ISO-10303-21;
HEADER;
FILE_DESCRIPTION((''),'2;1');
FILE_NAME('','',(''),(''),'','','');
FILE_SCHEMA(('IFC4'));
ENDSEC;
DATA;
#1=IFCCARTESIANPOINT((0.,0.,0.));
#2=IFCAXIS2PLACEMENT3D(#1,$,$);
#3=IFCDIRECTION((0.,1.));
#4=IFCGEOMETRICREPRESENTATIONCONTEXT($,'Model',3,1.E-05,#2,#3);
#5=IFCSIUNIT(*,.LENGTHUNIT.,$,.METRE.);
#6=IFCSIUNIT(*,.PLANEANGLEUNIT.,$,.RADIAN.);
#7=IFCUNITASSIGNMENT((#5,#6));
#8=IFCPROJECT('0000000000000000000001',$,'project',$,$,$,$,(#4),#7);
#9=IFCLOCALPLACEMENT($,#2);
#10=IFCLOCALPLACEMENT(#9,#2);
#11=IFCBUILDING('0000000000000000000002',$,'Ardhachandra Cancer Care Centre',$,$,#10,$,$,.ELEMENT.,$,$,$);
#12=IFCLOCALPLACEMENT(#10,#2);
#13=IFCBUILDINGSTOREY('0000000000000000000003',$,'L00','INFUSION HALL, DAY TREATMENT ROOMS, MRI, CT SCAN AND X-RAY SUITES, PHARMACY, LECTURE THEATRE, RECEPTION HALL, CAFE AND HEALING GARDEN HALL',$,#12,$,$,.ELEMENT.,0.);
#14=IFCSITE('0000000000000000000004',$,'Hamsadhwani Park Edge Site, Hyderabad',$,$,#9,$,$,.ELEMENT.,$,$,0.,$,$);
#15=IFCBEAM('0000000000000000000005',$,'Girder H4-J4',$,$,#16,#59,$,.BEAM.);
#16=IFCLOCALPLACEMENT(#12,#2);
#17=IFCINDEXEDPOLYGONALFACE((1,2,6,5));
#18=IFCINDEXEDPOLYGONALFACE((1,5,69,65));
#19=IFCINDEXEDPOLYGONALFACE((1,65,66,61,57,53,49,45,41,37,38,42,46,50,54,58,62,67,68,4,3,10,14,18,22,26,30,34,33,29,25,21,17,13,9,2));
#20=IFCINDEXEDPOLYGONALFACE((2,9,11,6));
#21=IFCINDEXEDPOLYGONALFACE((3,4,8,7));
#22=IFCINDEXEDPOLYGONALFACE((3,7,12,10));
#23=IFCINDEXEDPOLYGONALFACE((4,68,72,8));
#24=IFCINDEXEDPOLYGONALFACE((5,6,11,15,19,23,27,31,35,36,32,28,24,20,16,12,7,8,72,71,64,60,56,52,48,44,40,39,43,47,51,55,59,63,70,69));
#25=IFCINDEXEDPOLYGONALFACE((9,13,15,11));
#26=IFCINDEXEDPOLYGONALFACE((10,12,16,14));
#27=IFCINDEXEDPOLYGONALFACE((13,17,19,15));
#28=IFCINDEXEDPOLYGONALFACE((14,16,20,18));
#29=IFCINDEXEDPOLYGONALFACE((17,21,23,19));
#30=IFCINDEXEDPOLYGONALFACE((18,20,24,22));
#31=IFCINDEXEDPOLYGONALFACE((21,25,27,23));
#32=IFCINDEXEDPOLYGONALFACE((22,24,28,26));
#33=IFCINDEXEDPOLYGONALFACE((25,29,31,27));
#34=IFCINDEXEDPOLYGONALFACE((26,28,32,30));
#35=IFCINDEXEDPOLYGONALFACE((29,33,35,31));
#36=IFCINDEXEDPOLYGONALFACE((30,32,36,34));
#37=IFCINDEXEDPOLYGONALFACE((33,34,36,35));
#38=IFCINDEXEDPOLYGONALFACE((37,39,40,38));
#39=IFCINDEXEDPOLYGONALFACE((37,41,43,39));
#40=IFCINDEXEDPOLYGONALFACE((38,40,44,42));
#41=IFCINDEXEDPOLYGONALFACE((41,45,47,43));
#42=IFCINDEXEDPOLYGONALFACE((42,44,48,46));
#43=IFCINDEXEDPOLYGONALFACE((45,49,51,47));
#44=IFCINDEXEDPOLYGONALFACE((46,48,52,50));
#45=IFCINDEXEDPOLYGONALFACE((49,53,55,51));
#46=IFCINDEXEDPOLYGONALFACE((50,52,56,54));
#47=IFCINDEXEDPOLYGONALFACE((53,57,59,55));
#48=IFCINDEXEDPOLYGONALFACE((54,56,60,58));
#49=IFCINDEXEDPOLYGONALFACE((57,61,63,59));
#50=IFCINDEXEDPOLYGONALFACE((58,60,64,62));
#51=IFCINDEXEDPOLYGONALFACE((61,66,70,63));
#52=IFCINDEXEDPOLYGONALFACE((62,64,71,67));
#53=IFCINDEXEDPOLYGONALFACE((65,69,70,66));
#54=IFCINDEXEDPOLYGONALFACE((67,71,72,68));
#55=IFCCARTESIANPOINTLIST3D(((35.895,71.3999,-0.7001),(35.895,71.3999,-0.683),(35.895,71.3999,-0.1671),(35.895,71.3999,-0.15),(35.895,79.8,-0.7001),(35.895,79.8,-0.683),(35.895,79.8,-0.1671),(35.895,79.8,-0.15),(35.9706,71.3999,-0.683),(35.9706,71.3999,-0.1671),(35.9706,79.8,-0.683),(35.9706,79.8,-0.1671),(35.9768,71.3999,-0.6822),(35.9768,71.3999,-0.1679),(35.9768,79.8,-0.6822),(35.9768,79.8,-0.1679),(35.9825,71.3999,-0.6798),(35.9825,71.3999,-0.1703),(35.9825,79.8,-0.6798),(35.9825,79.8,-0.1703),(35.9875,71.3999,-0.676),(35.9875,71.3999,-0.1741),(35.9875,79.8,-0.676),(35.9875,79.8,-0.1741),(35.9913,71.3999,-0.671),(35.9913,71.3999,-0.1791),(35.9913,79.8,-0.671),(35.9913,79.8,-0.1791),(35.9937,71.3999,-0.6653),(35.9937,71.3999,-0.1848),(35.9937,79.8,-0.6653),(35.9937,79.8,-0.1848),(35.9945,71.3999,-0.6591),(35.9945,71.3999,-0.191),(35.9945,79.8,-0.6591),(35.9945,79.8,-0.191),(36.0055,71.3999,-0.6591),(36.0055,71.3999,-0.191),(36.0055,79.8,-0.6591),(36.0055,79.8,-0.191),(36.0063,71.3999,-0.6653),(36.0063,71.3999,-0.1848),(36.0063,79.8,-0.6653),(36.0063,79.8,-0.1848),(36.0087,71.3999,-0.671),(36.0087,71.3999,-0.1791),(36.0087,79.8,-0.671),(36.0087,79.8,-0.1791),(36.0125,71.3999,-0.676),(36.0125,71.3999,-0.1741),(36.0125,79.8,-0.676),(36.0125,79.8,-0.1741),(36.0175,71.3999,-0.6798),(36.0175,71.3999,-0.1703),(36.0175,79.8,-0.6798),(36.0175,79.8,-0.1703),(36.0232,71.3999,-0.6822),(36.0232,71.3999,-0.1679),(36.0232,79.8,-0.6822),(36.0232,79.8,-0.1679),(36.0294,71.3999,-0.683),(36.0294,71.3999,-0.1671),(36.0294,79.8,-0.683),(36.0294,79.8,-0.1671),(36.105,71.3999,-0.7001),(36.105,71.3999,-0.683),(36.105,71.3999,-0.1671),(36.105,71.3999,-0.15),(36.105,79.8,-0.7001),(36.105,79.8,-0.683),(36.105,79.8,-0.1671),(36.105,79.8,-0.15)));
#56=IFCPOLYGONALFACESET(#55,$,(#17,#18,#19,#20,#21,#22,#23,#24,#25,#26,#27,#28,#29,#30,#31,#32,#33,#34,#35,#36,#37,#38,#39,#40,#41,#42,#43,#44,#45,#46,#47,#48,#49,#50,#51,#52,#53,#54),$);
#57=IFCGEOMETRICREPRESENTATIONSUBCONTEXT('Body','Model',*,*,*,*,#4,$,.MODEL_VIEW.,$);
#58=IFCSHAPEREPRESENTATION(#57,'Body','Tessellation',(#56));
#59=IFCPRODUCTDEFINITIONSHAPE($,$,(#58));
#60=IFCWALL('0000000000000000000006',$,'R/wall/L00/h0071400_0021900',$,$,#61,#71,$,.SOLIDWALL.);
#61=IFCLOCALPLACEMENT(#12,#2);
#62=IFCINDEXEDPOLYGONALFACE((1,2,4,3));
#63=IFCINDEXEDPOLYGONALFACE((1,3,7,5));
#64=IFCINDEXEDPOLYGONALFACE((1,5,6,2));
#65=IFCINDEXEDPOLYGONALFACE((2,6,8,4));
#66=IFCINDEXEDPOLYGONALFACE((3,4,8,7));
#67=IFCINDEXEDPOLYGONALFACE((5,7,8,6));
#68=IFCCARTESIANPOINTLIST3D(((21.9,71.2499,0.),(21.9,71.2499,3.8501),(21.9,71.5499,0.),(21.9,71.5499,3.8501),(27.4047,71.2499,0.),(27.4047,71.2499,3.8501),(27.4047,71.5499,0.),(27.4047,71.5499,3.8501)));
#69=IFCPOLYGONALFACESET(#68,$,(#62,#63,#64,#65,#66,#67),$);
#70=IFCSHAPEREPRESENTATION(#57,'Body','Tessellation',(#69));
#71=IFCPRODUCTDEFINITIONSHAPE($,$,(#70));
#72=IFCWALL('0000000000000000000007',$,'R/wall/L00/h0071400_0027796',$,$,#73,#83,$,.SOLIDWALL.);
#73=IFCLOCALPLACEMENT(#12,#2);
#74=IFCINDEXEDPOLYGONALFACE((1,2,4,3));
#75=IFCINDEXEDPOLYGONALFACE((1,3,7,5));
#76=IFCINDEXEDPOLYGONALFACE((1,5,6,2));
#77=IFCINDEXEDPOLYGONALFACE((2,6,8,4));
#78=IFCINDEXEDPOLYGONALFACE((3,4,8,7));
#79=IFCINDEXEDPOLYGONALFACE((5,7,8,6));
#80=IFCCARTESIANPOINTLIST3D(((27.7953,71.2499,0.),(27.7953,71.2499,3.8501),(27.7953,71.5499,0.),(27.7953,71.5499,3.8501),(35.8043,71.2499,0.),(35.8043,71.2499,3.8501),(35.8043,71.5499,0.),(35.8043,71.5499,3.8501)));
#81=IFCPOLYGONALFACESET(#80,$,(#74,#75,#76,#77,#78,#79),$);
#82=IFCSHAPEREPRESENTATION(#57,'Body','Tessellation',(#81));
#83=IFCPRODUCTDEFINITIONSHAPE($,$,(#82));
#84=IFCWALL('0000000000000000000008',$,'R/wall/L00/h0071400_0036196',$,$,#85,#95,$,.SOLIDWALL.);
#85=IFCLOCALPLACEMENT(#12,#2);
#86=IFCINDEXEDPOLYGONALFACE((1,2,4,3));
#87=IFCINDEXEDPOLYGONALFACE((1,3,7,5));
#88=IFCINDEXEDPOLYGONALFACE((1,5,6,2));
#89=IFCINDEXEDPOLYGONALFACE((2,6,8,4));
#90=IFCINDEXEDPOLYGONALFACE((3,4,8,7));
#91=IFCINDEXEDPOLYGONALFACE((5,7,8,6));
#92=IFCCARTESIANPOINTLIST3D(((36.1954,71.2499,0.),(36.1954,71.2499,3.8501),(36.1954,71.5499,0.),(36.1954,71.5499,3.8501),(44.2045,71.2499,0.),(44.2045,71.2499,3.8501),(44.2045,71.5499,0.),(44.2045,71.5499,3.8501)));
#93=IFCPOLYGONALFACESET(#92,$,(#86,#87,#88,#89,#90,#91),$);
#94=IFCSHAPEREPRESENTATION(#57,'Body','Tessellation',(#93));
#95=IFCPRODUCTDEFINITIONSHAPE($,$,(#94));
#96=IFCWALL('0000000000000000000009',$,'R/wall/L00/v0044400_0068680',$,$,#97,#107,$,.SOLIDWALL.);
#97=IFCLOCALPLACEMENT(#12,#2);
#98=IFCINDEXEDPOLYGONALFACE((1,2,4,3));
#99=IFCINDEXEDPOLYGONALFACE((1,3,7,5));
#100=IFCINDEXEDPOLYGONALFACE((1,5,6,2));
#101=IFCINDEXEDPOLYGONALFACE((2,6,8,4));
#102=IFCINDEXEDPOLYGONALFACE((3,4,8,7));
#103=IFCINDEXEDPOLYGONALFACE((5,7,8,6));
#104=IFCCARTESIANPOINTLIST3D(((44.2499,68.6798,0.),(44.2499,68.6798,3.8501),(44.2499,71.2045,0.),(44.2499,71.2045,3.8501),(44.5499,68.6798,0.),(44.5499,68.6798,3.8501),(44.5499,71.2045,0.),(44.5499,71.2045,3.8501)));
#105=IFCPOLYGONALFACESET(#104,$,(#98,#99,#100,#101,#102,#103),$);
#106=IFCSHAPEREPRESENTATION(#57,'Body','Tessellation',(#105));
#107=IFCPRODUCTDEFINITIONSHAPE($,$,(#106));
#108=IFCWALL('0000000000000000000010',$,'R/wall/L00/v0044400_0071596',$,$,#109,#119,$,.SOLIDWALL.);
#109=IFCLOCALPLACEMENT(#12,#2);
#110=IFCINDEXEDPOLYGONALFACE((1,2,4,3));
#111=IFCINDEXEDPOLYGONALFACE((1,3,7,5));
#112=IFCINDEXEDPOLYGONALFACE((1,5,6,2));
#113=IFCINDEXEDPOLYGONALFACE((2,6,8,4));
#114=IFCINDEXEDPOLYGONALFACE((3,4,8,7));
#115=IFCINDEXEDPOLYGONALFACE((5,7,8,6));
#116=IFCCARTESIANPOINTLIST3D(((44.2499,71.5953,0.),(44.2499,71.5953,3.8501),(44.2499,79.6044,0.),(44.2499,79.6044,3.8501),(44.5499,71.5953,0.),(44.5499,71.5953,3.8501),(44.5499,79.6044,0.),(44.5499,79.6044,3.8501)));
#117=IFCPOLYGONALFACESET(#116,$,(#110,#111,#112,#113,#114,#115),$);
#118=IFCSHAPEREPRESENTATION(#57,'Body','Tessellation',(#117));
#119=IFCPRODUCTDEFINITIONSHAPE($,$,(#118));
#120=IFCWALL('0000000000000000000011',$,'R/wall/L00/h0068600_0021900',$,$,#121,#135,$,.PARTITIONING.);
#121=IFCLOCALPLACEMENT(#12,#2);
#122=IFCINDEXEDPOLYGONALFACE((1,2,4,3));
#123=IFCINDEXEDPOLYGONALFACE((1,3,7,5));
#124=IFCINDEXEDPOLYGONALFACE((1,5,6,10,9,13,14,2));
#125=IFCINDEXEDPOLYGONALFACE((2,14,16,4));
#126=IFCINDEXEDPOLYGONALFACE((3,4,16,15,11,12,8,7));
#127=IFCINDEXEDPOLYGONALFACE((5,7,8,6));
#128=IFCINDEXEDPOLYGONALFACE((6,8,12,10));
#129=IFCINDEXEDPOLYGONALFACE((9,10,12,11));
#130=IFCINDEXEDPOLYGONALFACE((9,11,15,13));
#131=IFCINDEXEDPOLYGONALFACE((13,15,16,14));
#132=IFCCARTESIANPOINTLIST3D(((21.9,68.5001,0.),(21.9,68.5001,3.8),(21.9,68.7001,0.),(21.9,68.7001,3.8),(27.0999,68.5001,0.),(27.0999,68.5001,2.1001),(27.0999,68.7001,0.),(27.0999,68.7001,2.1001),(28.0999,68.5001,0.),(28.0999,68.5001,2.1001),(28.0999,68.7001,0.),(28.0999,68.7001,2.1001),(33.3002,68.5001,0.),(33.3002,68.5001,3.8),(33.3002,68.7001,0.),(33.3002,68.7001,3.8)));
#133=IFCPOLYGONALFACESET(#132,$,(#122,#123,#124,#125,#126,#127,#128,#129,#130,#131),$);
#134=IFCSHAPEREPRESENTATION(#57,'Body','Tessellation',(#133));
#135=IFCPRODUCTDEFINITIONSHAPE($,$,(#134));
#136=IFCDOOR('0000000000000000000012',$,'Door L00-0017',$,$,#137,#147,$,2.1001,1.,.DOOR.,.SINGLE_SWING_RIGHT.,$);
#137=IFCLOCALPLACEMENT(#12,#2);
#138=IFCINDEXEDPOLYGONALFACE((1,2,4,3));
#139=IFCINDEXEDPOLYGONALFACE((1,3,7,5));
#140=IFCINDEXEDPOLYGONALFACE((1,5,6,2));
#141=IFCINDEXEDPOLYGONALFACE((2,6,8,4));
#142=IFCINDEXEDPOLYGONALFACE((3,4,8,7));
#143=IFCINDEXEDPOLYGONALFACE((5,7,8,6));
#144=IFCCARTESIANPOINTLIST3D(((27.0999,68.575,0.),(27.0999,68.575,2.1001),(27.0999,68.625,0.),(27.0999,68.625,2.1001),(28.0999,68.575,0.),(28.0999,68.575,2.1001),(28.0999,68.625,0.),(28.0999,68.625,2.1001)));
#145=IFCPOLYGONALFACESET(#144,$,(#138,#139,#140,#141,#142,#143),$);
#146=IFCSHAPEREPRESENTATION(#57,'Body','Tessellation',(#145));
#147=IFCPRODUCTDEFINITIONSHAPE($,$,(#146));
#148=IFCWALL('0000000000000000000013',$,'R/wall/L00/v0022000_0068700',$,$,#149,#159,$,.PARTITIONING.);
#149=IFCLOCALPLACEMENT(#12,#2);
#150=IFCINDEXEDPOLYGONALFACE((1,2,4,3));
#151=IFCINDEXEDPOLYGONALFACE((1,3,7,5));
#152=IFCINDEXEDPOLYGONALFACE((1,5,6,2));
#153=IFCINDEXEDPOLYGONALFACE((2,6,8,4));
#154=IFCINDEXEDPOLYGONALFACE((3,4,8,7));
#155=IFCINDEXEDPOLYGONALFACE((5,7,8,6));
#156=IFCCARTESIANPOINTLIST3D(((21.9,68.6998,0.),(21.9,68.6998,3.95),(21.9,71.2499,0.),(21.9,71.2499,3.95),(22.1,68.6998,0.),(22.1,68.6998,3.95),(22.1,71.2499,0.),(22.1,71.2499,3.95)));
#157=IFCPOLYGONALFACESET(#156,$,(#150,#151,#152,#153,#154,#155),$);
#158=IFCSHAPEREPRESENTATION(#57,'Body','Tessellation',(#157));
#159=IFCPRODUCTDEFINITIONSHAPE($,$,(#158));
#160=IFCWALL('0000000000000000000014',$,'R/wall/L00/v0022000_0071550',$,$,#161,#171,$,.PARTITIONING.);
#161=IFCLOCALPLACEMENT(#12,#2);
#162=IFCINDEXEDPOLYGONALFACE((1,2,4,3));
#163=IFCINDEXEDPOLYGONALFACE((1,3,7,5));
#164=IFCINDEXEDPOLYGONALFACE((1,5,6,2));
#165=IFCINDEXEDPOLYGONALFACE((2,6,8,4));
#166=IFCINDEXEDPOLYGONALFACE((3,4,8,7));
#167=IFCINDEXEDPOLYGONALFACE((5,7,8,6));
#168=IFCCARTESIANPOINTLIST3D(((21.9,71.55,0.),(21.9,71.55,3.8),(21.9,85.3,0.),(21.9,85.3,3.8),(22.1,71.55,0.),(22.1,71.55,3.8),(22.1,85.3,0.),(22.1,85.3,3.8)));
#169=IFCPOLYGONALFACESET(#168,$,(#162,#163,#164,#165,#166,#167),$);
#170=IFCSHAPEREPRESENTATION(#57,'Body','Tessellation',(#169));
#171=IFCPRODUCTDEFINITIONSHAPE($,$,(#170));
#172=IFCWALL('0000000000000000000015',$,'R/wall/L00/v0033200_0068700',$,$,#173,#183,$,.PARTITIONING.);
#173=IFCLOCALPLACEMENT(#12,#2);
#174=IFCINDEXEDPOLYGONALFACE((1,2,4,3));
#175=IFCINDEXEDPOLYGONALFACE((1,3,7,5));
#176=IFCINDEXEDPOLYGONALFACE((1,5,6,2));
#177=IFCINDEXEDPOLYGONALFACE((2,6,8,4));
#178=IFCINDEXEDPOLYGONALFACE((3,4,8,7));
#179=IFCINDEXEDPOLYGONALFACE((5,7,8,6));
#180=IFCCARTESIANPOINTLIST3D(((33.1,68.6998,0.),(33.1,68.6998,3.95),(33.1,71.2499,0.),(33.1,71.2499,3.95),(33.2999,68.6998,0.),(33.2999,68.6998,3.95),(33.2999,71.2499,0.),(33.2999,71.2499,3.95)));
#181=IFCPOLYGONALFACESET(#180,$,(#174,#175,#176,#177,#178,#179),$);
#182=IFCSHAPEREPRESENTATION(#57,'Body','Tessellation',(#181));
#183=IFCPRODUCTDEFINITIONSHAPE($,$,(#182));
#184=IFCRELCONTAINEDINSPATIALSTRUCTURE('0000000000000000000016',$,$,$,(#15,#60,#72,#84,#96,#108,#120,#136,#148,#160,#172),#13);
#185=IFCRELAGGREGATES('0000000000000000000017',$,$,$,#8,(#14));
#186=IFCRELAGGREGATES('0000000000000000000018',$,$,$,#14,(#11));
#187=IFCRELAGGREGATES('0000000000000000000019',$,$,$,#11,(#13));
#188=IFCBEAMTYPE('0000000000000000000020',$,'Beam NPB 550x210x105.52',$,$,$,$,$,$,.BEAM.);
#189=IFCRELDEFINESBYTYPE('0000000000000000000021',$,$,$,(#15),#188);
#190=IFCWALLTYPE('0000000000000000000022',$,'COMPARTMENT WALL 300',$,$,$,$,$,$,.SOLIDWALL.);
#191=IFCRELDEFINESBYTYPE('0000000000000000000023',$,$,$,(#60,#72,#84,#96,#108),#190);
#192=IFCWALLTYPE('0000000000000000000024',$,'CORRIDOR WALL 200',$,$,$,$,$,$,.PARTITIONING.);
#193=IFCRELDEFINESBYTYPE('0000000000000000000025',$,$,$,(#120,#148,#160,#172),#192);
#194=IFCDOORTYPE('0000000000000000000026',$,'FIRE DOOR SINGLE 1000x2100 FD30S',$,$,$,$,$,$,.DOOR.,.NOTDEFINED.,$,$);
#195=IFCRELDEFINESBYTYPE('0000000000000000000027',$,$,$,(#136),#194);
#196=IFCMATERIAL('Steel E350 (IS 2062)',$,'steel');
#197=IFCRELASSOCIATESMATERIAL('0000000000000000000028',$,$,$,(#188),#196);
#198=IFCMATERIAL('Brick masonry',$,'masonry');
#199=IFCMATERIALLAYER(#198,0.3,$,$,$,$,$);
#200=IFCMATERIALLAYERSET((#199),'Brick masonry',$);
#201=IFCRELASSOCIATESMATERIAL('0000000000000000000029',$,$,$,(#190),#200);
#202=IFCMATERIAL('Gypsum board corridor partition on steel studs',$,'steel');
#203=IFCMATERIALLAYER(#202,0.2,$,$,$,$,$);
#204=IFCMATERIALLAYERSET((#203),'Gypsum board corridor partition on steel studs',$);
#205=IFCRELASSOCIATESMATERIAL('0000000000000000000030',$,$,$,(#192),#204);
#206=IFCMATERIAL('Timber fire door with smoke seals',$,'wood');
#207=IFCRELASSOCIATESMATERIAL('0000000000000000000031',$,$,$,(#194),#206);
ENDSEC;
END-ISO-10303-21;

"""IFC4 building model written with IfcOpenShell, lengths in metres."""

from ifc_helpers import new_model, si_unit, direction, frame, frame_2d, origin, origin_2d, place, context, subcontext, project, spatial, rectangle, i_section, extrude, material, layer, layer_set, material_profile, profile_set, type_object, element, fill, save


model = new_model("IFC4")

# Units and contexts
model_context = context("Model", 3, precision=1e-05, world=origin(), true_north=direction((0.0, 1.0)))
body_context = subcontext(model_context, "Body", "Model", "MODEL_VIEW")
ifc_project = project(units=[si_unit("LENGTHUNIT", "METRE"), si_unit("PLANEANGLEUNIT", "RADIAN")], contexts=[model_context])

# Site, building, storey
site_placement = place(None, origin())
site = spatial("IfcSite", under=ifc_project, at=site_placement, Name="Hamsadhwani Park Edge Site, Hyderabad", CompositionType="ELEMENT", RefElevation=0.0)
building_placement = place(site_placement, origin())
building = spatial("IfcBuilding", under=site, at=building_placement, Name="Ardhachandra Cancer Care Centre", CompositionType="ELEMENT")
storey_placement = place(building_placement, origin())
storey = spatial("IfcBuildingStorey", under=building, at=storey_placement, Name="L00", Description="INFUSION HALL, DAY TREATMENT ROOMS, MRI, CT SCAN AND X-RAY SUITES, PHARMACY, LECTURE THEATRE, RECEPTION HALL, CAFE AND HEALING GARDEN HALL", CompositionType="ELEMENT", Elevation=0.0)

# Beam
ifc_material_1 = material(Name="Steel E350 (IS 2062)", Category="steel")
ifc_material_profile_1 = material_profile(ifc_material_1, i_section(OverallWidth=0.21, OverallDepth=0.55, WebThickness=0.011, FlangeThickness=0.0171, FilletRadius=0.0239, at=origin_2d()), Name="NPB 550x210x105.52")
ifc_profile_set_1 = profile_set([ifc_material_profile_1], Name="Steel E350 (IS 2062)")
beam_type_1 = type_object("IfcBeamType", Name="Beam NPB 550x210x105.52", PredefinedType="BEAM", material=ifc_profile_set_1)
for number, where, z_axis, x_axis, name in (
    (1, (36.0, 71.3999, -0.425), (0.0, 1.0, 0.0), (-1.0, 0.0, 0.0), "Girder H4-J4"),
):
    element("IfcBeam", number, at=place(storey_placement, frame(where, z_axis=z_axis, x_axis=x_axis)), inside=storey, type_object=beam_type_1, Name=name, PredefinedType="BEAM", context=body_context, shape_type="SweptSolid", body=[
        extrude(i_section(OverallWidth=0.21, OverallDepth=0.55, WebThickness=0.011, FlangeThickness=0.0171, FilletRadius=0.0239, at=origin_2d()), origin(), (0.0, 0.0, 1.0), 8.4001),
    ])

# Walls
ifc_material_2 = material(Name="Brick masonry", Category="masonry")
ifc_layer_1 = layer(ifc_material_2, 0.3)
ifc_layer_set_1 = layer_set([ifc_layer_1], Name="Brick masonry")
wall_type_1 = type_object("IfcWallType", Name="COMPARTMENT WALL 300", PredefinedType="SOLIDWALL", material=ifc_layer_set_1)
wall_1_placement = place(storey_placement, frame((21.8999, 71.3999, 0.0), z_axis=(0.0, 0.0, 1.0), x_axis=(1.0, 0.0, 0.0)))
element("IfcWall", 2, at=wall_1_placement, inside=storey, type_object=wall_type_1, Name="R/wall/L00/h0071400_0021900", PredefinedType="SOLIDWALL", context=body_context, shape_type="SweptSolid", body=[
    extrude(rectangle(XDim=5.5046, YDim=0.3, at=frame_2d((2.7524, 0.0))), origin(), (0.0, 0.0, 1.0), 3.8501),
])
for number, where, z_axis, x_axis, name in (
    (3, (27.7954, 71.3999, 0.0), (0.0, 0.0, 1.0), (1.0, 0.0, 0.0), "R/wall/L00/h0071400_0027796"),
    (4, (36.1956, 71.3999, 0.0), (0.0, 0.0, 1.0), (1.0, 0.0, 0.0), "R/wall/L00/h0071400_0036196"),
):
    element("IfcWall", number, at=place(storey_placement, frame(where, z_axis=z_axis, x_axis=x_axis)), inside=storey, type_object=wall_type_1, Name=name, PredefinedType="SOLIDWALL", context=body_context, shape_type="SweptSolid", body=[
        extrude(rectangle(XDim=8.009, YDim=0.3, at=frame_2d((4.0044, 0.0))), origin(), (0.0, 0.0, 1.0), 3.8501),
    ])
wall_2_placement = place(storey_placement, frame((44.3999, 68.6799, 0.0), z_axis=(0.0, 0.0, 1.0), x_axis=(0.0, 1.0, 0.0)))
element("IfcWall", 5, at=wall_2_placement, inside=storey, type_object=wall_type_1, Name="R/wall/L00/v0044400_0068680", PredefinedType="SOLIDWALL", context=body_context, shape_type="SweptSolid", body=[
    extrude(rectangle(XDim=2.5247, YDim=0.3, at=frame_2d((1.2622, 0.0))), origin(), (0.0, 0.0, 1.0), 3.8501),
])
wall_3_placement = place(storey_placement, frame((44.3999, 71.5955, 0.0), z_axis=(0.0, 0.0, 1.0), x_axis=(0.0, 1.0, 0.0)))
element("IfcWall", 6, at=wall_3_placement, inside=storey, type_object=wall_type_1, Name="R/wall/L00/v0044400_0071596", PredefinedType="SOLIDWALL", context=body_context, shape_type="SweptSolid", body=[
    extrude(rectangle(XDim=8.009, YDim=0.3, at=frame_2d((4.0044, 0.0))), origin(), (0.0, 0.0, 1.0), 3.8501),
])

# Wall, opening, door
ifc_material_3 = material(Name="Gypsum board corridor partition on steel studs", Category="steel")
ifc_layer_2 = layer(ifc_material_3, 0.2)
ifc_layer_set_2 = layer_set([ifc_layer_2], Name="Gypsum board corridor partition on steel studs")
wall_type_2 = type_object("IfcWallType", Name="CORRIDOR WALL 200", PredefinedType="PARTITIONING", material=ifc_layer_set_2)
wall_4_placement = place(storey_placement, frame((21.8999, 68.6001, 0.0), z_axis=(0.0, 0.0, 1.0), x_axis=(1.0, 0.0, 0.0)))
wall_4 = element("IfcWall", 7, at=wall_4_placement, inside=storey, type_object=wall_type_2, Name="R/wall/L00/h0068600_0021900", PredefinedType="PARTITIONING", context=body_context, shape_type="SweptSolid", body=[
    extrude(rectangle(XDim=11.4001, YDim=0.2, at=frame_2d((5.7002, 0.0))), origin(), (0.0, 0.0, 1.0), 3.8),
])
opening_1_placement = place(wall_4_placement, frame((5.2, 0.0, 0.0)))
opening_1 = element("IfcOpeningElement", 8, at=opening_1_placement, cuts=wall_4, PredefinedType="OPENING", context=body_context, shape_type="SweptSolid", body=[
    extrude(rectangle(XDim=1.0, YDim=2.1001, at=frame_2d((0.5, 1.05))), frame((0.0, 0.1099, 0.0), z_axis=(0.0, -1.0, 0.0), x_axis=(1.0, 0.0, 0.0)), (0.0, 0.0, 1.0), 0.22),
])
ifc_material_4 = material(Name="Timber fire door with smoke seals", Category="wood")
door_type_1 = type_object("IfcDoorType", Name="FIRE DOOR SINGLE 1000x2100 FD30S", OperationType="NOTDEFINED", PredefinedType="DOOR", material=ifc_material_4)
door_1_placement = place(opening_1_placement, origin())
door_1 = element("IfcDoor", 9, at=door_1_placement, inside=storey, type_object=door_type_1, Name="Door L00-0017", OperationType="SINGLE_SWING_RIGHT", OverallHeight=2.1001, OverallWidth=1.0, PredefinedType="DOOR", context=body_context, shape_type="SweptSolid", body=[
    extrude(rectangle(XDim=1.0, YDim=2.1001, at=frame_2d((0.5, 1.05))), frame((0.0, 0.0249, 0.0), z_axis=(0.0, -1.0, 0.0), x_axis=(1.0, 0.0, 0.0)), (0.0, 0.0, 1.0), 0.05),
])
fill(opening_1, door_1)

# Walls
wall_5_placement = place(storey_placement, frame((22.0, 68.7, 0.0), z_axis=(0.0, 0.0, 1.0), x_axis=(0.0, 1.0, 0.0)))
element("IfcWall", 10, at=wall_5_placement, inside=storey, type_object=wall_type_2, Name="R/wall/L00/v0022000_0068700", PredefinedType="PARTITIONING", context=body_context, shape_type="SweptSolid", body=[
    extrude(rectangle(XDim=2.55, YDim=0.2, at=frame_2d((1.2749, 0.0))), origin(), (0.0, 0.0, 1.0), 3.95),
])
wall_6_placement = place(storey_placement, frame((22.0, 71.55, 0.0), z_axis=(0.0, 0.0, 1.0), x_axis=(0.0, 1.0, 0.0)))
element("IfcWall", 11, at=wall_6_placement, inside=storey, type_object=wall_type_2, Name="R/wall/L00/v0022000_0071550", PredefinedType="PARTITIONING", context=body_context, shape_type="SweptSolid", body=[
    extrude(rectangle(XDim=13.75, YDim=0.2, at=frame_2d((6.875, 0.0))), origin(), (0.0, 0.0, 1.0), 3.8),
])
wall_7_placement = place(storey_placement, frame((33.2, 68.7, 0.0), z_axis=(0.0, 0.0, 1.0), x_axis=(0.0, 1.0, 0.0)))
element("IfcWall", 12, at=wall_7_placement, inside=storey, type_object=wall_type_2, Name="R/wall/L00/v0033200_0068700", PredefinedType="PARTITIONING", context=body_context, shape_type="SweptSolid", body=[
    extrude(rectangle(XDim=2.55, YDim=0.2, at=frame_2d((1.2749, 0.0))), origin(), (0.0, 0.0, 1.0), 3.95),
])

save(model, "model.ifc")
